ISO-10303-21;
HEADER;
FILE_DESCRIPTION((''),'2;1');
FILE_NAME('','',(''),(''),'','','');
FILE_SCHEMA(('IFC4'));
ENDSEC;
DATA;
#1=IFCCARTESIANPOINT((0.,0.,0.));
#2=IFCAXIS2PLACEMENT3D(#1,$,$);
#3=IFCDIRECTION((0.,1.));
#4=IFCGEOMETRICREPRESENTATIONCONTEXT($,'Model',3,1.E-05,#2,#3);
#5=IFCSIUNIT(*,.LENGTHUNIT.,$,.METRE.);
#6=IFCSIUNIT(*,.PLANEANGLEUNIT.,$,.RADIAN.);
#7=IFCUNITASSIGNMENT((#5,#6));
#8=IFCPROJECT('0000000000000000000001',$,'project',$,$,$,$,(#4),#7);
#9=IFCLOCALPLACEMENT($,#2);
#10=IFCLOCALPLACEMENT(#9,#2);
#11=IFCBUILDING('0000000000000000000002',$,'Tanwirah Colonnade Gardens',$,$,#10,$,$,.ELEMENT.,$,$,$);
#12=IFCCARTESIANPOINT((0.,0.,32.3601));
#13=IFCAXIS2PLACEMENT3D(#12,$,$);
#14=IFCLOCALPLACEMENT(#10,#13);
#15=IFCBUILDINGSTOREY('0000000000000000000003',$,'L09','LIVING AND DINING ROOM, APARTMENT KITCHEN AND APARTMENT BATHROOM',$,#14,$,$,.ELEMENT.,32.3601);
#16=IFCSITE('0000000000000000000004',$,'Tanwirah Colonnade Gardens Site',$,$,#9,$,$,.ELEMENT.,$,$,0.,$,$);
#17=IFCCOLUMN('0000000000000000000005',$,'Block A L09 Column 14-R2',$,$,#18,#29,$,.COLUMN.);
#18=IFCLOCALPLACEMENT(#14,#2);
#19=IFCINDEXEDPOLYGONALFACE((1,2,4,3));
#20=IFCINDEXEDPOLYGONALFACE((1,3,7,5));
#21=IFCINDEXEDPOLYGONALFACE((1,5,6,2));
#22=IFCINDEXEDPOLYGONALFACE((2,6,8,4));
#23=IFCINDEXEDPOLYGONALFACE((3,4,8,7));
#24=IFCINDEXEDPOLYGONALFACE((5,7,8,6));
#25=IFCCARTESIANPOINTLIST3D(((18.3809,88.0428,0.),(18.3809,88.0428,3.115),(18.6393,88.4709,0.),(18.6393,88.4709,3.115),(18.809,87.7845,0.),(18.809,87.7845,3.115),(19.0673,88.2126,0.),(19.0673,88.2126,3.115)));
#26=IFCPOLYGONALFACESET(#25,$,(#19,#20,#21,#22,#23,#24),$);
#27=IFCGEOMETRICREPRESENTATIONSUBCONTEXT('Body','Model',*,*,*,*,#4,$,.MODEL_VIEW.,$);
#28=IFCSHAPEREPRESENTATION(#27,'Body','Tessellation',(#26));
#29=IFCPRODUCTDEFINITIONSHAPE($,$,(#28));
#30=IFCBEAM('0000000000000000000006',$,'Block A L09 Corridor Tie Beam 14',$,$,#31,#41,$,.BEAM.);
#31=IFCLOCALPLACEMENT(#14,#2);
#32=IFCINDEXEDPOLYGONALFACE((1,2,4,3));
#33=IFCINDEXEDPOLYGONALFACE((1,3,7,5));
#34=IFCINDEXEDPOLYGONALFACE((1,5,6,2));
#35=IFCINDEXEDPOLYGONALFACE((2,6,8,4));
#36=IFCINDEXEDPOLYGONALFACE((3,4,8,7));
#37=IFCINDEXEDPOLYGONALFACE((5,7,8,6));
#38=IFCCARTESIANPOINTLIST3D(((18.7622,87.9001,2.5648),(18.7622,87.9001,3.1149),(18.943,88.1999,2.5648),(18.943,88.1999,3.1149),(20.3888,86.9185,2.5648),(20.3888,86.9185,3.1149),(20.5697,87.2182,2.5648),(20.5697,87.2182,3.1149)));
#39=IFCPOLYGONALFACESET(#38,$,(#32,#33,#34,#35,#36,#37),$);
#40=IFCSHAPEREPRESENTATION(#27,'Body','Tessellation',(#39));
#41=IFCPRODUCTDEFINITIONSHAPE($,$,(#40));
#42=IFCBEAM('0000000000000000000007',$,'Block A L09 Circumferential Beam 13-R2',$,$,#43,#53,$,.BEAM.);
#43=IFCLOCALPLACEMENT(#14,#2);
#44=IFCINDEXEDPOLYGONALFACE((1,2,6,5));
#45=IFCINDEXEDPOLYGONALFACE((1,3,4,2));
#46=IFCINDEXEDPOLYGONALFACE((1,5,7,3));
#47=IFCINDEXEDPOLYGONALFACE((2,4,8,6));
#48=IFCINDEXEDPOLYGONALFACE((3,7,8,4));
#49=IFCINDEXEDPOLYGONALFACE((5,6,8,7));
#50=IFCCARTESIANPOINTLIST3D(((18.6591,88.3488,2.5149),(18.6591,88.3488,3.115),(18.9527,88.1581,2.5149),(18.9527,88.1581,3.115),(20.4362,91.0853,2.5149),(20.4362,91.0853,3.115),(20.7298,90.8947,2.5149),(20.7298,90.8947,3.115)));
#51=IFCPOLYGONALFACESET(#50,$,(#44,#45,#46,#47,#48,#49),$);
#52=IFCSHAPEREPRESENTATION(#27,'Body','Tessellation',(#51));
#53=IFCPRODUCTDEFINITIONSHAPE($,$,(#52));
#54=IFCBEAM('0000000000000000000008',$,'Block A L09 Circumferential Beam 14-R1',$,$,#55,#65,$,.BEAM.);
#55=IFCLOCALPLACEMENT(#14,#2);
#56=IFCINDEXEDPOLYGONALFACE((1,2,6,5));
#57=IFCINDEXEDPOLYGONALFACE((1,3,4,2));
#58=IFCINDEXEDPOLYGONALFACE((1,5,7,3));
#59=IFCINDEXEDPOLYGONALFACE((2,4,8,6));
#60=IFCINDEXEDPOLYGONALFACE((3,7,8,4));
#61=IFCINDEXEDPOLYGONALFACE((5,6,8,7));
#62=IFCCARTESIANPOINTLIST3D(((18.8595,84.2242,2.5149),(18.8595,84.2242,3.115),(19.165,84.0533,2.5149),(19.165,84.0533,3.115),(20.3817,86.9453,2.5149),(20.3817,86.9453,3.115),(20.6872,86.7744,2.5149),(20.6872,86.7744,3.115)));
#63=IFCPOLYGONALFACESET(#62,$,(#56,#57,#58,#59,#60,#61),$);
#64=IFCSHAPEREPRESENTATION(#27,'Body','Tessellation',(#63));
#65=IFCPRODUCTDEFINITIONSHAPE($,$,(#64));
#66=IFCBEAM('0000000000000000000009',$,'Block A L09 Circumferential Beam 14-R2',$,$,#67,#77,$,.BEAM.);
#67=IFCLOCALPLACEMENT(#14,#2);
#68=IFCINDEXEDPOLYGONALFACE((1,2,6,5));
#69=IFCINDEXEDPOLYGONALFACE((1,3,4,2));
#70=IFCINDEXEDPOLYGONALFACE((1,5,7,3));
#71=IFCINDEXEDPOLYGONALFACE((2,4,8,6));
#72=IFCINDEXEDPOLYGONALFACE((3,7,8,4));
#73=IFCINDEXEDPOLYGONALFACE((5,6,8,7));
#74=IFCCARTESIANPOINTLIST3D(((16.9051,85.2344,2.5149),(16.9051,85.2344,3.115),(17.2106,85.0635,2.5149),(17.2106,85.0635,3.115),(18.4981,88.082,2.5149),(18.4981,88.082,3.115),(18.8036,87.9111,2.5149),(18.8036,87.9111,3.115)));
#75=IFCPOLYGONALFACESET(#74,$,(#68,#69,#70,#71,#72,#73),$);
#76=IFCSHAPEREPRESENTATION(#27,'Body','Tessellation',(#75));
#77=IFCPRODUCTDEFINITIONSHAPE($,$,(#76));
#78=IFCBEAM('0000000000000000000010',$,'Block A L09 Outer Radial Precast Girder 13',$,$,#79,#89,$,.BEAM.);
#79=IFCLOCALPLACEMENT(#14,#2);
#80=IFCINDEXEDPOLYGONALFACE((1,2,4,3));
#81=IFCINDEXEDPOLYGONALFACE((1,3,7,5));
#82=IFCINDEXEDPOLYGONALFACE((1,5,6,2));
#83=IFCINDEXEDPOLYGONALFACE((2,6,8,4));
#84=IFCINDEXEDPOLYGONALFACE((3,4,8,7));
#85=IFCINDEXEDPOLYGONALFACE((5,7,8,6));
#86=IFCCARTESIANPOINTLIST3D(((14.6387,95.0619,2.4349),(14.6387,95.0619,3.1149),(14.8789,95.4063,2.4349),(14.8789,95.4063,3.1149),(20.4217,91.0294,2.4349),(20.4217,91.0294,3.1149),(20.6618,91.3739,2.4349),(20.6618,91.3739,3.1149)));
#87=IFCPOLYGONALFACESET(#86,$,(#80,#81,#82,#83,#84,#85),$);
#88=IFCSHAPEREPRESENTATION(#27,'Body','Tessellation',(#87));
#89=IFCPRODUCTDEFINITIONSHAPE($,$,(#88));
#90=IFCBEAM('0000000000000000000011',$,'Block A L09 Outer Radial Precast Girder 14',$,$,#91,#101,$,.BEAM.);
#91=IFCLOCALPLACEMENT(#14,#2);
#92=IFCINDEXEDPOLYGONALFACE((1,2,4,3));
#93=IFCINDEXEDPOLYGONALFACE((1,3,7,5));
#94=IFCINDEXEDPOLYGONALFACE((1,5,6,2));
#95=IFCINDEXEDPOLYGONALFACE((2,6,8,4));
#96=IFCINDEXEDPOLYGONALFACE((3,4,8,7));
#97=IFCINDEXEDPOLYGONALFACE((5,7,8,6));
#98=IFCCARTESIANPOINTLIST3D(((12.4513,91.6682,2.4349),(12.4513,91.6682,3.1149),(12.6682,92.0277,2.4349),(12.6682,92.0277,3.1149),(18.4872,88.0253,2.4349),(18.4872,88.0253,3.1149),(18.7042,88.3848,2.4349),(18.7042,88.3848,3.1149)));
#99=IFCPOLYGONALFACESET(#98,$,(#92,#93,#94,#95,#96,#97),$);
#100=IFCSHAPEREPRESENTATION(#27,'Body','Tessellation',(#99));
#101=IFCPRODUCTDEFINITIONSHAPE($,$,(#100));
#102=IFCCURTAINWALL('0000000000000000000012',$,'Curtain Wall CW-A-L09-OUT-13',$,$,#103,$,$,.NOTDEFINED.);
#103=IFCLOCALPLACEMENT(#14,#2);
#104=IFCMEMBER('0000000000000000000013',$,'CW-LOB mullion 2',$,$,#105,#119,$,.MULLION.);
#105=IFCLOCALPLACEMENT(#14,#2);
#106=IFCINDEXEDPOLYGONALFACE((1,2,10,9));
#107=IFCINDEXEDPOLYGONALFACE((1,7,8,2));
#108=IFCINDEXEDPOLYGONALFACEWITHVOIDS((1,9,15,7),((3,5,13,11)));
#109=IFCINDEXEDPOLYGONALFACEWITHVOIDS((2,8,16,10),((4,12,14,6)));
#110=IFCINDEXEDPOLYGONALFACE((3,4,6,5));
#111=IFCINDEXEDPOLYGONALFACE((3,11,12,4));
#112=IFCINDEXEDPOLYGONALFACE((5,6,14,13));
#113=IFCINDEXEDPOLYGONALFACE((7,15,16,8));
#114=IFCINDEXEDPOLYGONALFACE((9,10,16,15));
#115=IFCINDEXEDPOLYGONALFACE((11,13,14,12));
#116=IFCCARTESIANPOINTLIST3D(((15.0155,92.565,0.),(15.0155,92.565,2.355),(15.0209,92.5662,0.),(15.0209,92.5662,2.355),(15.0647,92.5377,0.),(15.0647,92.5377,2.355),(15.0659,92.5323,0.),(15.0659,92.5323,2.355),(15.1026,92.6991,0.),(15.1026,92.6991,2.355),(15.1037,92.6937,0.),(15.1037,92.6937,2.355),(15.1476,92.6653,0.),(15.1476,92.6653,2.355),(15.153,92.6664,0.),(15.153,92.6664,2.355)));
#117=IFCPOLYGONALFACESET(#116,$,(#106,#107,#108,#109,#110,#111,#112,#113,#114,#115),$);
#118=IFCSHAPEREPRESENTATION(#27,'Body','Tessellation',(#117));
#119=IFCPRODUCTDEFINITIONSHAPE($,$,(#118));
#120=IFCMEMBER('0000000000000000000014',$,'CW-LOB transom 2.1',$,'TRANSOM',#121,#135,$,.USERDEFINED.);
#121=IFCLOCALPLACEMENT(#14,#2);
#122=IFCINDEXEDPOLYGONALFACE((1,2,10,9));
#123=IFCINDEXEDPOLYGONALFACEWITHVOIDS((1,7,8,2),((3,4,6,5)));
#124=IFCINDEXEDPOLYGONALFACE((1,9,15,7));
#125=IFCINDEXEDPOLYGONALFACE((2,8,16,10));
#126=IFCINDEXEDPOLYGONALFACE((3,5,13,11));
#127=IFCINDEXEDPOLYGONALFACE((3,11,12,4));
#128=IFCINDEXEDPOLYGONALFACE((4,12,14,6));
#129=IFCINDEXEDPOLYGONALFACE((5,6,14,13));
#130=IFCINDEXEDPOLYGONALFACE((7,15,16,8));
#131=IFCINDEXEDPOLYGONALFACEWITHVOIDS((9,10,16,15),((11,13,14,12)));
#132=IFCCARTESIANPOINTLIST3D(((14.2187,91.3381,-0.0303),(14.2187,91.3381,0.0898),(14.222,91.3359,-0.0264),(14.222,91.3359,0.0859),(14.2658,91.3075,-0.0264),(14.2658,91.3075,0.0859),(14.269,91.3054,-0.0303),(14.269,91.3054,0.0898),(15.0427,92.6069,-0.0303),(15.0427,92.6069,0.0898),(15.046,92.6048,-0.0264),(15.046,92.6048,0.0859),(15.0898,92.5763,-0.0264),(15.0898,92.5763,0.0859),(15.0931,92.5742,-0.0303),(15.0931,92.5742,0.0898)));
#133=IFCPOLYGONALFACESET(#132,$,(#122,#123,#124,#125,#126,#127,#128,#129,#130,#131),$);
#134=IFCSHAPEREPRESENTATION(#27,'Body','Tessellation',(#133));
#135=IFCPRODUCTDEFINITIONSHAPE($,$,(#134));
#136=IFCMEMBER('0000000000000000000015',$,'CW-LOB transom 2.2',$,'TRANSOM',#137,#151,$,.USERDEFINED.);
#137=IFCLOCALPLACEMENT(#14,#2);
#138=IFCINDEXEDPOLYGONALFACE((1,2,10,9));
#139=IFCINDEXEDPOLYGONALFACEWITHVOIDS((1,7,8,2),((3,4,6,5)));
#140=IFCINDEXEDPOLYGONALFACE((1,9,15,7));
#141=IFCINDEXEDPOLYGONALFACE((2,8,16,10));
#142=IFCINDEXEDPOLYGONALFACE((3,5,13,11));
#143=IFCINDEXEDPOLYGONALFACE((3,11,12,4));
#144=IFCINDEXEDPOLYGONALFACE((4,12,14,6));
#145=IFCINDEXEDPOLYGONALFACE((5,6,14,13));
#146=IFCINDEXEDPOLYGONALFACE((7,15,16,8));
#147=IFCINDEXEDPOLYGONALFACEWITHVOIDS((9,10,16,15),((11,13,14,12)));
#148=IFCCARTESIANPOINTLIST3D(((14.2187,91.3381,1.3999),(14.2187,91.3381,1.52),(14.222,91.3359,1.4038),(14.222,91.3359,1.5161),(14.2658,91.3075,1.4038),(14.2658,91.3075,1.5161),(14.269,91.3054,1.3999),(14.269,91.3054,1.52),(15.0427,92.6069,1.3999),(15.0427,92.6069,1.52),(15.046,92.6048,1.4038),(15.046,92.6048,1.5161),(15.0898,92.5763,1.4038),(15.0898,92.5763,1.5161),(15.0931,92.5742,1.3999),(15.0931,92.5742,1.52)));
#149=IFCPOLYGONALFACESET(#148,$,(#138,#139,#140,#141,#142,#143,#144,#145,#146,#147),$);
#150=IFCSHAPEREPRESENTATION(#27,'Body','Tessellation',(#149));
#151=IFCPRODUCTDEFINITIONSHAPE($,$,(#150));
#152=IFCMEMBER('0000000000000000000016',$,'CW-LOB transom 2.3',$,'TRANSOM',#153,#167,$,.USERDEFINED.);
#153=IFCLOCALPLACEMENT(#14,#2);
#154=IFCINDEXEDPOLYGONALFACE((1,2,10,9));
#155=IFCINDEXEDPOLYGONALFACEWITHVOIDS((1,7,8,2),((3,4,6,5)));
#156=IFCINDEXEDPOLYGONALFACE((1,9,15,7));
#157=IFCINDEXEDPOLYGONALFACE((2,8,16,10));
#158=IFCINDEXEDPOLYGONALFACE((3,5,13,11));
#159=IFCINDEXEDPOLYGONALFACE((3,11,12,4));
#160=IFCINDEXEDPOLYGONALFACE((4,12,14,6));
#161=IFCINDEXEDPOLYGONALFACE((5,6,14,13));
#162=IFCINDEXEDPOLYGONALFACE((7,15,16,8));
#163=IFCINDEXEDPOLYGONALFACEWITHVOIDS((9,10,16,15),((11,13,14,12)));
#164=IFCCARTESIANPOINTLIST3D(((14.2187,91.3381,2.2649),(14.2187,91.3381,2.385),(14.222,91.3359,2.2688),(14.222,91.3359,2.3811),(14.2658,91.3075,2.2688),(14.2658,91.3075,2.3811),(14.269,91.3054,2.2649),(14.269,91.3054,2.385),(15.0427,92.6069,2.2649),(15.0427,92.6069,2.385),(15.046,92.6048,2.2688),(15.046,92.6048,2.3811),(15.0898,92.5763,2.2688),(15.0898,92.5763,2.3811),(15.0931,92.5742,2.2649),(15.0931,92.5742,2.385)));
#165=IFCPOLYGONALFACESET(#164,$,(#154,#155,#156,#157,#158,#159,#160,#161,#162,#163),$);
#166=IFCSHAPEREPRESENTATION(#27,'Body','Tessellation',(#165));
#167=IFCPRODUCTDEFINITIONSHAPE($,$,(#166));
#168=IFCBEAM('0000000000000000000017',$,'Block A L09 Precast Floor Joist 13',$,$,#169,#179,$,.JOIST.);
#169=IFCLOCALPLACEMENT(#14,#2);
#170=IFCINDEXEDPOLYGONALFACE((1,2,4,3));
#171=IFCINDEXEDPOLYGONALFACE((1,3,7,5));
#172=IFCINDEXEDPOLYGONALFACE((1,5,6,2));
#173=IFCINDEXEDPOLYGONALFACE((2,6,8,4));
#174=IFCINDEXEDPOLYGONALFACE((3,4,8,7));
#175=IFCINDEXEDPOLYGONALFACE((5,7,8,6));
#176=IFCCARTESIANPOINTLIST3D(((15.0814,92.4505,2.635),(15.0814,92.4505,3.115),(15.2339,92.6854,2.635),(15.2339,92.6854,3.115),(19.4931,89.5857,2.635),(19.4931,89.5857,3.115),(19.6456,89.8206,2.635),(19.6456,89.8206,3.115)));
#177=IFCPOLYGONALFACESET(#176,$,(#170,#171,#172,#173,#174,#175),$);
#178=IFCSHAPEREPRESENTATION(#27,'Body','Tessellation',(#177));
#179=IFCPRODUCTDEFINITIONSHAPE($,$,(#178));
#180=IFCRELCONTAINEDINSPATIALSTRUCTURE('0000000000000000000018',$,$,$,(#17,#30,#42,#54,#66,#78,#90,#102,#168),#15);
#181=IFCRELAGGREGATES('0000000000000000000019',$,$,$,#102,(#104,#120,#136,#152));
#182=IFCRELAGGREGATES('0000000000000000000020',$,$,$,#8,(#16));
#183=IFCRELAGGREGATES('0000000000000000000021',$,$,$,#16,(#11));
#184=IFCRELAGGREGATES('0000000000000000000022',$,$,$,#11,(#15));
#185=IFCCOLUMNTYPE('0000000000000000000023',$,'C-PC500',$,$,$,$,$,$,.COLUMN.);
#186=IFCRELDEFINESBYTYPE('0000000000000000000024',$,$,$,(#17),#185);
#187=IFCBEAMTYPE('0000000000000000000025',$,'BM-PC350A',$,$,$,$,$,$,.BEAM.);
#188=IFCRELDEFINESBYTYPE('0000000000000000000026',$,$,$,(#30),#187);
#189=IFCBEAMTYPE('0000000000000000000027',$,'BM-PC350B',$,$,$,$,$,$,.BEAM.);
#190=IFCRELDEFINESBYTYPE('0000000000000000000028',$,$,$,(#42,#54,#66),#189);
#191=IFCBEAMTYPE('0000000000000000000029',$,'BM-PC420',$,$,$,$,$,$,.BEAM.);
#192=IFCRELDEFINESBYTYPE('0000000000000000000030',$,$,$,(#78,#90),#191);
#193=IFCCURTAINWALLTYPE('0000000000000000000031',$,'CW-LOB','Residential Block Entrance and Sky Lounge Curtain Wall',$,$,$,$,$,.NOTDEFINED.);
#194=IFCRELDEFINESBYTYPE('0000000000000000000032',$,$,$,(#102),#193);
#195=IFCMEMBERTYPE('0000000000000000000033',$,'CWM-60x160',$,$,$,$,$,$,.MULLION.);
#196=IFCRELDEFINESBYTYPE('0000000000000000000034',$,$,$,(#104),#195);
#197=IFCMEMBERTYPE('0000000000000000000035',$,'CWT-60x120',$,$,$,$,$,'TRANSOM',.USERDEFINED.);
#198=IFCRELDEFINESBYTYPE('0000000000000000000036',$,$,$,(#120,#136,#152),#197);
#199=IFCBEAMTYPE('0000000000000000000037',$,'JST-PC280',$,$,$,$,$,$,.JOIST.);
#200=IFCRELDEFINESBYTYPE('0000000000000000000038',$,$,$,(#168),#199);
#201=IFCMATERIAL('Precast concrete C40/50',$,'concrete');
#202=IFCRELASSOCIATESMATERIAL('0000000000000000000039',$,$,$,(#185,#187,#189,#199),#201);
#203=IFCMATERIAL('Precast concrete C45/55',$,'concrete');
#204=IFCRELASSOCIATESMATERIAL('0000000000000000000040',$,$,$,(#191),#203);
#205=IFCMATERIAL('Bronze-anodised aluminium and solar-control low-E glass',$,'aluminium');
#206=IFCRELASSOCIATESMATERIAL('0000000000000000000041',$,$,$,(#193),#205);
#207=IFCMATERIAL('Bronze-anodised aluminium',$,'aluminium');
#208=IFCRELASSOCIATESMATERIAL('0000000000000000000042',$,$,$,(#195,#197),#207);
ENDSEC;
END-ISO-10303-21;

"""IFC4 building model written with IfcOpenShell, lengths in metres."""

from ifc_helpers import new_model, si_unit, direction, frame, origin, origin_2d, place, context, subcontext, project, spatial, rectangle, hollow_rectangle, extrude, material, material_profile, profile_set, type_object, element, aggregate, save


model = new_model("IFC4")

# Units and contexts
model_context = context("Model", 3, precision=1e-05, world=origin(), true_north=direction((0.0, 1.0)))
body_context = subcontext(model_context, "Body", "Model", "MODEL_VIEW")
ifc_project = project(units=[si_unit("LENGTHUNIT", "METRE"), si_unit("PLANEANGLEUNIT", "RADIAN")], contexts=[model_context])

# Site, building, storey
site_placement = place(None, origin())
site = spatial("IfcSite", under=ifc_project, at=site_placement, Name="Tanwirah Colonnade Gardens Site", CompositionType="ELEMENT", RefElevation=0.0)
building_placement = place(site_placement, origin())
building = spatial("IfcBuilding", under=site, at=building_placement, Name="Tanwirah Colonnade Gardens", CompositionType="ELEMENT")
storey_placement = place(building_placement, frame((0.0, 0.0, 32.3601)))
storey = spatial("IfcBuildingStorey", under=building, at=storey_placement, Name="L09", Description="LIVING AND DINING ROOM, APARTMENT KITCHEN AND APARTMENT BATHROOM", CompositionType="ELEMENT", Elevation=32.3601)

# Column
ifc_material_1 = material(Name="Precast concrete C40/50", Category="concrete")
ifc_material_profile_1 = material_profile(ifc_material_1, rectangle(XDim=0.5, YDim=0.5, at=origin_2d()), Name="PC-COL 500x500")
ifc_profile_set_1 = profile_set([ifc_material_profile_1], Name="Precast concrete C40/50")
column_type = type_object("IfcColumnType", Name="C-PC500", PredefinedType="COLUMN", material=ifc_profile_set_1)
column_placement = place(storey_placement, frame((18.7241, 88.1277, 0.0), z_axis=(0.0, 0.0, 1.0), x_axis=(-0.856167, 0.516699, 0.0)))
element("IfcColumn", 1, at=column_placement, inside=storey, type_object=column_type, Name="Block A L09 Column 14-R2", PredefinedType="COLUMN", context=body_context, shape_type="SweptSolid", body=[
    extrude(rectangle(XDim=0.5, YDim=0.5, at=origin_2d()), origin(), (0.0, 0.0, 1.0), 3.115),
])

# Beams
ifc_material_profile_2 = material_profile(ifc_material_1, rectangle(XDim=0.3501, YDim=0.55, at=origin_2d()), Name="PC-BM 350x550")
ifc_profile_set_2 = profile_set([ifc_material_profile_2], Name="Precast concrete C40/50")
beam_type_1 = type_object("IfcBeamType", Name="BM-PC350A", PredefinedType="BEAM", material=ifc_profile_set_2)
beam_1_placement = place(storey_placement, frame((20.4792, 87.0684, 2.8398), z_axis=(-0.856175, 0.516686, 0.0), x_axis=(-0.516686, -0.856175, 0.0)))
element("IfcBeam", 2, at=beam_1_placement, inside=storey, type_object=beam_type_1, Name="Block A L09 Corridor Tie Beam 14", PredefinedType="BEAM", context=body_context, shape_type="SweptSolid", body=[
    extrude(rectangle(XDim=0.3501, YDim=0.55, at=origin_2d()), origin(), (0.0, 0.0, 1.0), 1.8999),
])
ifc_material_profile_3 = material_profile(ifc_material_1, rectangle(XDim=0.3501, YDim=0.6001, at=origin_2d()), Name="PC-BM 350x600")
ifc_profile_set_3 = profile_set([ifc_material_profile_3], Name="Precast concrete C40/50")
beam_type_2 = type_object("IfcBeamType", Name="BM-PC350B", PredefinedType="BEAM", material=ifc_profile_set_3)
beam_2_placement = place(storey_placement, frame((20.583, 90.99, 2.8149), z_axis=(-0.544628, -0.838678, 0.0), x_axis=(0.838678, -0.544628, 0.0)))
element("IfcBeam", 3, at=beam_2_placement, inside=storey, type_object=beam_type_2, Name="Block A L09 Circumferential Beam 13-R2", PredefinedType="BEAM", context=body_context, shape_type="SweptSolid", body=[
    extrude(rectangle(XDim=0.3501, YDim=0.6001, at=origin_2d()), origin(), (0.0, 0.0, 1.0), 3.2629),
])
beam_3_placement = place(storey_placement, frame((20.5344, 86.8599, 2.8149), z_axis=(-0.4882, -0.872732, 0.0), x_axis=(0.872732, -0.4882, 0.0)))
element("IfcBeam", 4, at=beam_3_placement, inside=storey, type_object=beam_type_2, Name="Block A L09 Circumferential Beam 14-R1", PredefinedType="BEAM", context=body_context, shape_type="SweptSolid", body=[
    extrude(rectangle(XDim=0.3501, YDim=0.6001, at=origin_2d()), origin(), (0.0, 0.0, 1.0), 3.1179),
])
beam_4_placement = place(storey_placement, frame((18.6509, 87.9966, 2.8149), z_axis=(-0.488214, -0.872724, 0.0), x_axis=(0.872724, -0.488214, 0.0)))
element("IfcBeam", 5, at=beam_4_placement, inside=storey, type_object=beam_type_2, Name="Block A L09 Circumferential Beam 14-R2", PredefinedType="BEAM", context=body_context, shape_type="SweptSolid", body=[
    extrude(rectangle(XDim=0.3501, YDim=0.6001, at=origin_2d()), origin(), (0.0, 0.0, 1.0), 3.2629),
])
ifc_material_2 = material(Name="Precast concrete C45/55", Category="concrete")
ifc_material_profile_4 = material_profile(ifc_material_2, rectangle(XDim=0.4199, YDim=0.6799, at=origin_2d()), Name="PC-BM 420x680")
ifc_profile_set_4 = profile_set([ifc_material_profile_4], Name="Precast concrete C45/55")
beam_type_3 = type_object("IfcBeamType", Name="BM-PC420", PredefinedType="BEAM", material=ifc_profile_set_4)
for number, where, z_axis, x_axis, name in (
    (6, (20.5417, 91.2017, 2.7749), (-0.82027, 0.571976, 0.0), (-0.571976, -0.82027, 0.0), "Block A L09 Outer Radial Precast Girder 13"),
    (7, (18.5957, 88.2051, 2.7749), (-0.856158, 0.516714, 0.0), (-0.516714, -0.856158, 0.0), "Block A L09 Outer Radial Precast Girder 14"),
):
    element("IfcBeam", number, at=place(storey_placement, frame(where, z_axis=z_axis, x_axis=x_axis)), inside=storey, type_object=beam_type_3, Name=name, PredefinedType="BEAM", context=body_context, shape_type="SweptSolid", body=[
        extrude(rectangle(XDim=0.4199, YDim=0.6799, at=origin_2d()), origin(), (0.0, 0.0, 1.0), 7.05),
    ])

# Curtain wall, members
ifc_material_3 = material(Name="Bronze-anodised aluminium and solar-control low-E glass", Category="aluminium")
curtain_wall_type = type_object("IfcCurtainWallType", Name="CW-LOB", Description="Residential Block Entrance and Sky Lounge Curtain Wall", PredefinedType="NOTDEFINED", material=ifc_material_3)
curtain_wall_placement = place(storey_placement, origin())
curtain_wall = element("IfcCurtainWall", 8, at=curtain_wall_placement, inside=storey, type_object=curtain_wall_type, Name="Curtain Wall CW-A-L09-OUT-13", PredefinedType="NOTDEFINED")
ifc_material_4 = material(Name="Bronze-anodised aluminium", Category="aluminium")
ifc_material_profile_5 = material_profile(ifc_material_4, hollow_rectangle(XDim=0.0601, YDim=0.1599, WallThickness=0.0039, at=origin_2d()), Name="CW-MUL 60x160x4")
ifc_profile_set_5 = profile_set([ifc_material_profile_5], Name="Bronze-anodised aluminium")
member_type_1 = type_object("IfcMemberType", Name="CWM-60x160", PredefinedType="MULLION", material=ifc_profile_set_5)
member_1_placement = place(storey_placement, frame((15.0842, 92.6157, 0.0), z_axis=(0.0, 0.0, 1.0), x_axis=(0.83867, -0.54464, 0.0)))
member_1 = element("IfcMember", 9, at=member_1_placement, type_object=member_type_1, Name="CW-LOB mullion 2", PredefinedType="MULLION", context=body_context, shape_type="SweptSolid", body=[
    extrude(hollow_rectangle(XDim=0.0601, YDim=0.1599, WallThickness=0.0039, at=origin_2d()), origin(), (0.0, 0.0, 1.0), 2.355),
])
ifc_material_profile_6 = material_profile(ifc_material_4, hollow_rectangle(XDim=0.0601, YDim=0.1201, WallThickness=0.0039, at=origin_2d()), Name="CW-TRN 60x120x4")
ifc_profile_set_6 = profile_set([ifc_material_profile_6], Name="Bronze-anodised aluminium")
member_type_2 = type_object("IfcMemberType", Name="CWT-60x120", ElementType="TRANSOM", PredefinedType="USERDEFINED", material=ifc_profile_set_6)
member_2_placement = place(storey_placement, frame((15.0679, 92.5906, 0.0298), z_axis=(-0.544642, -0.838668, 0.0), x_axis=(0.838668, -0.544642, 0.0)))
member_2 = element("IfcMember", 10, at=member_2_placement, type_object=member_type_2, Name="CW-LOB transom 2.1", ObjectType="TRANSOM", PredefinedType="USERDEFINED", context=body_context, shape_type="SweptSolid", body=[
    extrude(hollow_rectangle(XDim=0.0601, YDim=0.1201, WallThickness=0.0039, at=origin_2d()), origin(), (0.0, 0.0, 1.0), 1.5129),
])
member_3_placement = place(storey_placement, frame((15.0679, 92.5906, 1.46), z_axis=(-0.544642, -0.838668, 0.0), x_axis=(0.838668, -0.544642, 0.0)))
member_3 = element("IfcMember", 11, at=member_3_placement, type_object=member_type_2, Name="CW-LOB transom 2.2", ObjectType="TRANSOM", PredefinedType="USERDEFINED", context=body_context, shape_type="SweptSolid", body=[
    extrude(hollow_rectangle(XDim=0.0601, YDim=0.1201, WallThickness=0.0039, at=origin_2d()), origin(), (0.0, 0.0, 1.0), 1.5129),
])
member_4_placement = place(storey_placement, frame((15.0679, 92.5906, 2.325), z_axis=(-0.544642, -0.838668, 0.0), x_axis=(0.838668, -0.544642, 0.0)))
member_4 = element("IfcMember", 12, at=member_4_placement, type_object=member_type_2, Name="CW-LOB transom 2.3", ObjectType="TRANSOM", PredefinedType="USERDEFINED", context=body_context, shape_type="SweptSolid", body=[
    extrude(hollow_rectangle(XDim=0.0601, YDim=0.1201, WallThickness=0.0039, at=origin_2d()), origin(), (0.0, 0.0, 1.0), 1.5129),
])
aggregate(curtain_wall, [member_1, member_2, member_3, member_4])

# Beam
ifc_material_profile_7 = material_profile(ifc_material_1, rectangle(XDim=0.28, YDim=0.48, at=origin_2d()), Name="PC-JST 280x480")
ifc_profile_set_7 = profile_set([ifc_material_profile_7], Name="Precast concrete C40/50")
beam_type_4 = type_object("IfcBeamType", Name="JST-PC280", PredefinedType="JOIST", material=ifc_profile_set_7)
beam_5_placement = place(storey_placement, frame((19.5693, 89.7031, 2.875), z_axis=(-0.838687, 0.544613, 0.0), x_axis=(-0.544613, -0.838687, 0.0)))
element("IfcBeam", 13, at=beam_5_placement, inside=storey, type_object=beam_type_4, Name="Block A L09 Precast Floor Joist 13", PredefinedType="JOIST", context=body_context, shape_type="SweptSolid", body=[
    extrude(rectangle(XDim=0.28, YDim=0.48, at=origin_2d()), origin(), (0.0, 0.0, 1.0), 5.2603),
])

save(model, "model.ifc")
